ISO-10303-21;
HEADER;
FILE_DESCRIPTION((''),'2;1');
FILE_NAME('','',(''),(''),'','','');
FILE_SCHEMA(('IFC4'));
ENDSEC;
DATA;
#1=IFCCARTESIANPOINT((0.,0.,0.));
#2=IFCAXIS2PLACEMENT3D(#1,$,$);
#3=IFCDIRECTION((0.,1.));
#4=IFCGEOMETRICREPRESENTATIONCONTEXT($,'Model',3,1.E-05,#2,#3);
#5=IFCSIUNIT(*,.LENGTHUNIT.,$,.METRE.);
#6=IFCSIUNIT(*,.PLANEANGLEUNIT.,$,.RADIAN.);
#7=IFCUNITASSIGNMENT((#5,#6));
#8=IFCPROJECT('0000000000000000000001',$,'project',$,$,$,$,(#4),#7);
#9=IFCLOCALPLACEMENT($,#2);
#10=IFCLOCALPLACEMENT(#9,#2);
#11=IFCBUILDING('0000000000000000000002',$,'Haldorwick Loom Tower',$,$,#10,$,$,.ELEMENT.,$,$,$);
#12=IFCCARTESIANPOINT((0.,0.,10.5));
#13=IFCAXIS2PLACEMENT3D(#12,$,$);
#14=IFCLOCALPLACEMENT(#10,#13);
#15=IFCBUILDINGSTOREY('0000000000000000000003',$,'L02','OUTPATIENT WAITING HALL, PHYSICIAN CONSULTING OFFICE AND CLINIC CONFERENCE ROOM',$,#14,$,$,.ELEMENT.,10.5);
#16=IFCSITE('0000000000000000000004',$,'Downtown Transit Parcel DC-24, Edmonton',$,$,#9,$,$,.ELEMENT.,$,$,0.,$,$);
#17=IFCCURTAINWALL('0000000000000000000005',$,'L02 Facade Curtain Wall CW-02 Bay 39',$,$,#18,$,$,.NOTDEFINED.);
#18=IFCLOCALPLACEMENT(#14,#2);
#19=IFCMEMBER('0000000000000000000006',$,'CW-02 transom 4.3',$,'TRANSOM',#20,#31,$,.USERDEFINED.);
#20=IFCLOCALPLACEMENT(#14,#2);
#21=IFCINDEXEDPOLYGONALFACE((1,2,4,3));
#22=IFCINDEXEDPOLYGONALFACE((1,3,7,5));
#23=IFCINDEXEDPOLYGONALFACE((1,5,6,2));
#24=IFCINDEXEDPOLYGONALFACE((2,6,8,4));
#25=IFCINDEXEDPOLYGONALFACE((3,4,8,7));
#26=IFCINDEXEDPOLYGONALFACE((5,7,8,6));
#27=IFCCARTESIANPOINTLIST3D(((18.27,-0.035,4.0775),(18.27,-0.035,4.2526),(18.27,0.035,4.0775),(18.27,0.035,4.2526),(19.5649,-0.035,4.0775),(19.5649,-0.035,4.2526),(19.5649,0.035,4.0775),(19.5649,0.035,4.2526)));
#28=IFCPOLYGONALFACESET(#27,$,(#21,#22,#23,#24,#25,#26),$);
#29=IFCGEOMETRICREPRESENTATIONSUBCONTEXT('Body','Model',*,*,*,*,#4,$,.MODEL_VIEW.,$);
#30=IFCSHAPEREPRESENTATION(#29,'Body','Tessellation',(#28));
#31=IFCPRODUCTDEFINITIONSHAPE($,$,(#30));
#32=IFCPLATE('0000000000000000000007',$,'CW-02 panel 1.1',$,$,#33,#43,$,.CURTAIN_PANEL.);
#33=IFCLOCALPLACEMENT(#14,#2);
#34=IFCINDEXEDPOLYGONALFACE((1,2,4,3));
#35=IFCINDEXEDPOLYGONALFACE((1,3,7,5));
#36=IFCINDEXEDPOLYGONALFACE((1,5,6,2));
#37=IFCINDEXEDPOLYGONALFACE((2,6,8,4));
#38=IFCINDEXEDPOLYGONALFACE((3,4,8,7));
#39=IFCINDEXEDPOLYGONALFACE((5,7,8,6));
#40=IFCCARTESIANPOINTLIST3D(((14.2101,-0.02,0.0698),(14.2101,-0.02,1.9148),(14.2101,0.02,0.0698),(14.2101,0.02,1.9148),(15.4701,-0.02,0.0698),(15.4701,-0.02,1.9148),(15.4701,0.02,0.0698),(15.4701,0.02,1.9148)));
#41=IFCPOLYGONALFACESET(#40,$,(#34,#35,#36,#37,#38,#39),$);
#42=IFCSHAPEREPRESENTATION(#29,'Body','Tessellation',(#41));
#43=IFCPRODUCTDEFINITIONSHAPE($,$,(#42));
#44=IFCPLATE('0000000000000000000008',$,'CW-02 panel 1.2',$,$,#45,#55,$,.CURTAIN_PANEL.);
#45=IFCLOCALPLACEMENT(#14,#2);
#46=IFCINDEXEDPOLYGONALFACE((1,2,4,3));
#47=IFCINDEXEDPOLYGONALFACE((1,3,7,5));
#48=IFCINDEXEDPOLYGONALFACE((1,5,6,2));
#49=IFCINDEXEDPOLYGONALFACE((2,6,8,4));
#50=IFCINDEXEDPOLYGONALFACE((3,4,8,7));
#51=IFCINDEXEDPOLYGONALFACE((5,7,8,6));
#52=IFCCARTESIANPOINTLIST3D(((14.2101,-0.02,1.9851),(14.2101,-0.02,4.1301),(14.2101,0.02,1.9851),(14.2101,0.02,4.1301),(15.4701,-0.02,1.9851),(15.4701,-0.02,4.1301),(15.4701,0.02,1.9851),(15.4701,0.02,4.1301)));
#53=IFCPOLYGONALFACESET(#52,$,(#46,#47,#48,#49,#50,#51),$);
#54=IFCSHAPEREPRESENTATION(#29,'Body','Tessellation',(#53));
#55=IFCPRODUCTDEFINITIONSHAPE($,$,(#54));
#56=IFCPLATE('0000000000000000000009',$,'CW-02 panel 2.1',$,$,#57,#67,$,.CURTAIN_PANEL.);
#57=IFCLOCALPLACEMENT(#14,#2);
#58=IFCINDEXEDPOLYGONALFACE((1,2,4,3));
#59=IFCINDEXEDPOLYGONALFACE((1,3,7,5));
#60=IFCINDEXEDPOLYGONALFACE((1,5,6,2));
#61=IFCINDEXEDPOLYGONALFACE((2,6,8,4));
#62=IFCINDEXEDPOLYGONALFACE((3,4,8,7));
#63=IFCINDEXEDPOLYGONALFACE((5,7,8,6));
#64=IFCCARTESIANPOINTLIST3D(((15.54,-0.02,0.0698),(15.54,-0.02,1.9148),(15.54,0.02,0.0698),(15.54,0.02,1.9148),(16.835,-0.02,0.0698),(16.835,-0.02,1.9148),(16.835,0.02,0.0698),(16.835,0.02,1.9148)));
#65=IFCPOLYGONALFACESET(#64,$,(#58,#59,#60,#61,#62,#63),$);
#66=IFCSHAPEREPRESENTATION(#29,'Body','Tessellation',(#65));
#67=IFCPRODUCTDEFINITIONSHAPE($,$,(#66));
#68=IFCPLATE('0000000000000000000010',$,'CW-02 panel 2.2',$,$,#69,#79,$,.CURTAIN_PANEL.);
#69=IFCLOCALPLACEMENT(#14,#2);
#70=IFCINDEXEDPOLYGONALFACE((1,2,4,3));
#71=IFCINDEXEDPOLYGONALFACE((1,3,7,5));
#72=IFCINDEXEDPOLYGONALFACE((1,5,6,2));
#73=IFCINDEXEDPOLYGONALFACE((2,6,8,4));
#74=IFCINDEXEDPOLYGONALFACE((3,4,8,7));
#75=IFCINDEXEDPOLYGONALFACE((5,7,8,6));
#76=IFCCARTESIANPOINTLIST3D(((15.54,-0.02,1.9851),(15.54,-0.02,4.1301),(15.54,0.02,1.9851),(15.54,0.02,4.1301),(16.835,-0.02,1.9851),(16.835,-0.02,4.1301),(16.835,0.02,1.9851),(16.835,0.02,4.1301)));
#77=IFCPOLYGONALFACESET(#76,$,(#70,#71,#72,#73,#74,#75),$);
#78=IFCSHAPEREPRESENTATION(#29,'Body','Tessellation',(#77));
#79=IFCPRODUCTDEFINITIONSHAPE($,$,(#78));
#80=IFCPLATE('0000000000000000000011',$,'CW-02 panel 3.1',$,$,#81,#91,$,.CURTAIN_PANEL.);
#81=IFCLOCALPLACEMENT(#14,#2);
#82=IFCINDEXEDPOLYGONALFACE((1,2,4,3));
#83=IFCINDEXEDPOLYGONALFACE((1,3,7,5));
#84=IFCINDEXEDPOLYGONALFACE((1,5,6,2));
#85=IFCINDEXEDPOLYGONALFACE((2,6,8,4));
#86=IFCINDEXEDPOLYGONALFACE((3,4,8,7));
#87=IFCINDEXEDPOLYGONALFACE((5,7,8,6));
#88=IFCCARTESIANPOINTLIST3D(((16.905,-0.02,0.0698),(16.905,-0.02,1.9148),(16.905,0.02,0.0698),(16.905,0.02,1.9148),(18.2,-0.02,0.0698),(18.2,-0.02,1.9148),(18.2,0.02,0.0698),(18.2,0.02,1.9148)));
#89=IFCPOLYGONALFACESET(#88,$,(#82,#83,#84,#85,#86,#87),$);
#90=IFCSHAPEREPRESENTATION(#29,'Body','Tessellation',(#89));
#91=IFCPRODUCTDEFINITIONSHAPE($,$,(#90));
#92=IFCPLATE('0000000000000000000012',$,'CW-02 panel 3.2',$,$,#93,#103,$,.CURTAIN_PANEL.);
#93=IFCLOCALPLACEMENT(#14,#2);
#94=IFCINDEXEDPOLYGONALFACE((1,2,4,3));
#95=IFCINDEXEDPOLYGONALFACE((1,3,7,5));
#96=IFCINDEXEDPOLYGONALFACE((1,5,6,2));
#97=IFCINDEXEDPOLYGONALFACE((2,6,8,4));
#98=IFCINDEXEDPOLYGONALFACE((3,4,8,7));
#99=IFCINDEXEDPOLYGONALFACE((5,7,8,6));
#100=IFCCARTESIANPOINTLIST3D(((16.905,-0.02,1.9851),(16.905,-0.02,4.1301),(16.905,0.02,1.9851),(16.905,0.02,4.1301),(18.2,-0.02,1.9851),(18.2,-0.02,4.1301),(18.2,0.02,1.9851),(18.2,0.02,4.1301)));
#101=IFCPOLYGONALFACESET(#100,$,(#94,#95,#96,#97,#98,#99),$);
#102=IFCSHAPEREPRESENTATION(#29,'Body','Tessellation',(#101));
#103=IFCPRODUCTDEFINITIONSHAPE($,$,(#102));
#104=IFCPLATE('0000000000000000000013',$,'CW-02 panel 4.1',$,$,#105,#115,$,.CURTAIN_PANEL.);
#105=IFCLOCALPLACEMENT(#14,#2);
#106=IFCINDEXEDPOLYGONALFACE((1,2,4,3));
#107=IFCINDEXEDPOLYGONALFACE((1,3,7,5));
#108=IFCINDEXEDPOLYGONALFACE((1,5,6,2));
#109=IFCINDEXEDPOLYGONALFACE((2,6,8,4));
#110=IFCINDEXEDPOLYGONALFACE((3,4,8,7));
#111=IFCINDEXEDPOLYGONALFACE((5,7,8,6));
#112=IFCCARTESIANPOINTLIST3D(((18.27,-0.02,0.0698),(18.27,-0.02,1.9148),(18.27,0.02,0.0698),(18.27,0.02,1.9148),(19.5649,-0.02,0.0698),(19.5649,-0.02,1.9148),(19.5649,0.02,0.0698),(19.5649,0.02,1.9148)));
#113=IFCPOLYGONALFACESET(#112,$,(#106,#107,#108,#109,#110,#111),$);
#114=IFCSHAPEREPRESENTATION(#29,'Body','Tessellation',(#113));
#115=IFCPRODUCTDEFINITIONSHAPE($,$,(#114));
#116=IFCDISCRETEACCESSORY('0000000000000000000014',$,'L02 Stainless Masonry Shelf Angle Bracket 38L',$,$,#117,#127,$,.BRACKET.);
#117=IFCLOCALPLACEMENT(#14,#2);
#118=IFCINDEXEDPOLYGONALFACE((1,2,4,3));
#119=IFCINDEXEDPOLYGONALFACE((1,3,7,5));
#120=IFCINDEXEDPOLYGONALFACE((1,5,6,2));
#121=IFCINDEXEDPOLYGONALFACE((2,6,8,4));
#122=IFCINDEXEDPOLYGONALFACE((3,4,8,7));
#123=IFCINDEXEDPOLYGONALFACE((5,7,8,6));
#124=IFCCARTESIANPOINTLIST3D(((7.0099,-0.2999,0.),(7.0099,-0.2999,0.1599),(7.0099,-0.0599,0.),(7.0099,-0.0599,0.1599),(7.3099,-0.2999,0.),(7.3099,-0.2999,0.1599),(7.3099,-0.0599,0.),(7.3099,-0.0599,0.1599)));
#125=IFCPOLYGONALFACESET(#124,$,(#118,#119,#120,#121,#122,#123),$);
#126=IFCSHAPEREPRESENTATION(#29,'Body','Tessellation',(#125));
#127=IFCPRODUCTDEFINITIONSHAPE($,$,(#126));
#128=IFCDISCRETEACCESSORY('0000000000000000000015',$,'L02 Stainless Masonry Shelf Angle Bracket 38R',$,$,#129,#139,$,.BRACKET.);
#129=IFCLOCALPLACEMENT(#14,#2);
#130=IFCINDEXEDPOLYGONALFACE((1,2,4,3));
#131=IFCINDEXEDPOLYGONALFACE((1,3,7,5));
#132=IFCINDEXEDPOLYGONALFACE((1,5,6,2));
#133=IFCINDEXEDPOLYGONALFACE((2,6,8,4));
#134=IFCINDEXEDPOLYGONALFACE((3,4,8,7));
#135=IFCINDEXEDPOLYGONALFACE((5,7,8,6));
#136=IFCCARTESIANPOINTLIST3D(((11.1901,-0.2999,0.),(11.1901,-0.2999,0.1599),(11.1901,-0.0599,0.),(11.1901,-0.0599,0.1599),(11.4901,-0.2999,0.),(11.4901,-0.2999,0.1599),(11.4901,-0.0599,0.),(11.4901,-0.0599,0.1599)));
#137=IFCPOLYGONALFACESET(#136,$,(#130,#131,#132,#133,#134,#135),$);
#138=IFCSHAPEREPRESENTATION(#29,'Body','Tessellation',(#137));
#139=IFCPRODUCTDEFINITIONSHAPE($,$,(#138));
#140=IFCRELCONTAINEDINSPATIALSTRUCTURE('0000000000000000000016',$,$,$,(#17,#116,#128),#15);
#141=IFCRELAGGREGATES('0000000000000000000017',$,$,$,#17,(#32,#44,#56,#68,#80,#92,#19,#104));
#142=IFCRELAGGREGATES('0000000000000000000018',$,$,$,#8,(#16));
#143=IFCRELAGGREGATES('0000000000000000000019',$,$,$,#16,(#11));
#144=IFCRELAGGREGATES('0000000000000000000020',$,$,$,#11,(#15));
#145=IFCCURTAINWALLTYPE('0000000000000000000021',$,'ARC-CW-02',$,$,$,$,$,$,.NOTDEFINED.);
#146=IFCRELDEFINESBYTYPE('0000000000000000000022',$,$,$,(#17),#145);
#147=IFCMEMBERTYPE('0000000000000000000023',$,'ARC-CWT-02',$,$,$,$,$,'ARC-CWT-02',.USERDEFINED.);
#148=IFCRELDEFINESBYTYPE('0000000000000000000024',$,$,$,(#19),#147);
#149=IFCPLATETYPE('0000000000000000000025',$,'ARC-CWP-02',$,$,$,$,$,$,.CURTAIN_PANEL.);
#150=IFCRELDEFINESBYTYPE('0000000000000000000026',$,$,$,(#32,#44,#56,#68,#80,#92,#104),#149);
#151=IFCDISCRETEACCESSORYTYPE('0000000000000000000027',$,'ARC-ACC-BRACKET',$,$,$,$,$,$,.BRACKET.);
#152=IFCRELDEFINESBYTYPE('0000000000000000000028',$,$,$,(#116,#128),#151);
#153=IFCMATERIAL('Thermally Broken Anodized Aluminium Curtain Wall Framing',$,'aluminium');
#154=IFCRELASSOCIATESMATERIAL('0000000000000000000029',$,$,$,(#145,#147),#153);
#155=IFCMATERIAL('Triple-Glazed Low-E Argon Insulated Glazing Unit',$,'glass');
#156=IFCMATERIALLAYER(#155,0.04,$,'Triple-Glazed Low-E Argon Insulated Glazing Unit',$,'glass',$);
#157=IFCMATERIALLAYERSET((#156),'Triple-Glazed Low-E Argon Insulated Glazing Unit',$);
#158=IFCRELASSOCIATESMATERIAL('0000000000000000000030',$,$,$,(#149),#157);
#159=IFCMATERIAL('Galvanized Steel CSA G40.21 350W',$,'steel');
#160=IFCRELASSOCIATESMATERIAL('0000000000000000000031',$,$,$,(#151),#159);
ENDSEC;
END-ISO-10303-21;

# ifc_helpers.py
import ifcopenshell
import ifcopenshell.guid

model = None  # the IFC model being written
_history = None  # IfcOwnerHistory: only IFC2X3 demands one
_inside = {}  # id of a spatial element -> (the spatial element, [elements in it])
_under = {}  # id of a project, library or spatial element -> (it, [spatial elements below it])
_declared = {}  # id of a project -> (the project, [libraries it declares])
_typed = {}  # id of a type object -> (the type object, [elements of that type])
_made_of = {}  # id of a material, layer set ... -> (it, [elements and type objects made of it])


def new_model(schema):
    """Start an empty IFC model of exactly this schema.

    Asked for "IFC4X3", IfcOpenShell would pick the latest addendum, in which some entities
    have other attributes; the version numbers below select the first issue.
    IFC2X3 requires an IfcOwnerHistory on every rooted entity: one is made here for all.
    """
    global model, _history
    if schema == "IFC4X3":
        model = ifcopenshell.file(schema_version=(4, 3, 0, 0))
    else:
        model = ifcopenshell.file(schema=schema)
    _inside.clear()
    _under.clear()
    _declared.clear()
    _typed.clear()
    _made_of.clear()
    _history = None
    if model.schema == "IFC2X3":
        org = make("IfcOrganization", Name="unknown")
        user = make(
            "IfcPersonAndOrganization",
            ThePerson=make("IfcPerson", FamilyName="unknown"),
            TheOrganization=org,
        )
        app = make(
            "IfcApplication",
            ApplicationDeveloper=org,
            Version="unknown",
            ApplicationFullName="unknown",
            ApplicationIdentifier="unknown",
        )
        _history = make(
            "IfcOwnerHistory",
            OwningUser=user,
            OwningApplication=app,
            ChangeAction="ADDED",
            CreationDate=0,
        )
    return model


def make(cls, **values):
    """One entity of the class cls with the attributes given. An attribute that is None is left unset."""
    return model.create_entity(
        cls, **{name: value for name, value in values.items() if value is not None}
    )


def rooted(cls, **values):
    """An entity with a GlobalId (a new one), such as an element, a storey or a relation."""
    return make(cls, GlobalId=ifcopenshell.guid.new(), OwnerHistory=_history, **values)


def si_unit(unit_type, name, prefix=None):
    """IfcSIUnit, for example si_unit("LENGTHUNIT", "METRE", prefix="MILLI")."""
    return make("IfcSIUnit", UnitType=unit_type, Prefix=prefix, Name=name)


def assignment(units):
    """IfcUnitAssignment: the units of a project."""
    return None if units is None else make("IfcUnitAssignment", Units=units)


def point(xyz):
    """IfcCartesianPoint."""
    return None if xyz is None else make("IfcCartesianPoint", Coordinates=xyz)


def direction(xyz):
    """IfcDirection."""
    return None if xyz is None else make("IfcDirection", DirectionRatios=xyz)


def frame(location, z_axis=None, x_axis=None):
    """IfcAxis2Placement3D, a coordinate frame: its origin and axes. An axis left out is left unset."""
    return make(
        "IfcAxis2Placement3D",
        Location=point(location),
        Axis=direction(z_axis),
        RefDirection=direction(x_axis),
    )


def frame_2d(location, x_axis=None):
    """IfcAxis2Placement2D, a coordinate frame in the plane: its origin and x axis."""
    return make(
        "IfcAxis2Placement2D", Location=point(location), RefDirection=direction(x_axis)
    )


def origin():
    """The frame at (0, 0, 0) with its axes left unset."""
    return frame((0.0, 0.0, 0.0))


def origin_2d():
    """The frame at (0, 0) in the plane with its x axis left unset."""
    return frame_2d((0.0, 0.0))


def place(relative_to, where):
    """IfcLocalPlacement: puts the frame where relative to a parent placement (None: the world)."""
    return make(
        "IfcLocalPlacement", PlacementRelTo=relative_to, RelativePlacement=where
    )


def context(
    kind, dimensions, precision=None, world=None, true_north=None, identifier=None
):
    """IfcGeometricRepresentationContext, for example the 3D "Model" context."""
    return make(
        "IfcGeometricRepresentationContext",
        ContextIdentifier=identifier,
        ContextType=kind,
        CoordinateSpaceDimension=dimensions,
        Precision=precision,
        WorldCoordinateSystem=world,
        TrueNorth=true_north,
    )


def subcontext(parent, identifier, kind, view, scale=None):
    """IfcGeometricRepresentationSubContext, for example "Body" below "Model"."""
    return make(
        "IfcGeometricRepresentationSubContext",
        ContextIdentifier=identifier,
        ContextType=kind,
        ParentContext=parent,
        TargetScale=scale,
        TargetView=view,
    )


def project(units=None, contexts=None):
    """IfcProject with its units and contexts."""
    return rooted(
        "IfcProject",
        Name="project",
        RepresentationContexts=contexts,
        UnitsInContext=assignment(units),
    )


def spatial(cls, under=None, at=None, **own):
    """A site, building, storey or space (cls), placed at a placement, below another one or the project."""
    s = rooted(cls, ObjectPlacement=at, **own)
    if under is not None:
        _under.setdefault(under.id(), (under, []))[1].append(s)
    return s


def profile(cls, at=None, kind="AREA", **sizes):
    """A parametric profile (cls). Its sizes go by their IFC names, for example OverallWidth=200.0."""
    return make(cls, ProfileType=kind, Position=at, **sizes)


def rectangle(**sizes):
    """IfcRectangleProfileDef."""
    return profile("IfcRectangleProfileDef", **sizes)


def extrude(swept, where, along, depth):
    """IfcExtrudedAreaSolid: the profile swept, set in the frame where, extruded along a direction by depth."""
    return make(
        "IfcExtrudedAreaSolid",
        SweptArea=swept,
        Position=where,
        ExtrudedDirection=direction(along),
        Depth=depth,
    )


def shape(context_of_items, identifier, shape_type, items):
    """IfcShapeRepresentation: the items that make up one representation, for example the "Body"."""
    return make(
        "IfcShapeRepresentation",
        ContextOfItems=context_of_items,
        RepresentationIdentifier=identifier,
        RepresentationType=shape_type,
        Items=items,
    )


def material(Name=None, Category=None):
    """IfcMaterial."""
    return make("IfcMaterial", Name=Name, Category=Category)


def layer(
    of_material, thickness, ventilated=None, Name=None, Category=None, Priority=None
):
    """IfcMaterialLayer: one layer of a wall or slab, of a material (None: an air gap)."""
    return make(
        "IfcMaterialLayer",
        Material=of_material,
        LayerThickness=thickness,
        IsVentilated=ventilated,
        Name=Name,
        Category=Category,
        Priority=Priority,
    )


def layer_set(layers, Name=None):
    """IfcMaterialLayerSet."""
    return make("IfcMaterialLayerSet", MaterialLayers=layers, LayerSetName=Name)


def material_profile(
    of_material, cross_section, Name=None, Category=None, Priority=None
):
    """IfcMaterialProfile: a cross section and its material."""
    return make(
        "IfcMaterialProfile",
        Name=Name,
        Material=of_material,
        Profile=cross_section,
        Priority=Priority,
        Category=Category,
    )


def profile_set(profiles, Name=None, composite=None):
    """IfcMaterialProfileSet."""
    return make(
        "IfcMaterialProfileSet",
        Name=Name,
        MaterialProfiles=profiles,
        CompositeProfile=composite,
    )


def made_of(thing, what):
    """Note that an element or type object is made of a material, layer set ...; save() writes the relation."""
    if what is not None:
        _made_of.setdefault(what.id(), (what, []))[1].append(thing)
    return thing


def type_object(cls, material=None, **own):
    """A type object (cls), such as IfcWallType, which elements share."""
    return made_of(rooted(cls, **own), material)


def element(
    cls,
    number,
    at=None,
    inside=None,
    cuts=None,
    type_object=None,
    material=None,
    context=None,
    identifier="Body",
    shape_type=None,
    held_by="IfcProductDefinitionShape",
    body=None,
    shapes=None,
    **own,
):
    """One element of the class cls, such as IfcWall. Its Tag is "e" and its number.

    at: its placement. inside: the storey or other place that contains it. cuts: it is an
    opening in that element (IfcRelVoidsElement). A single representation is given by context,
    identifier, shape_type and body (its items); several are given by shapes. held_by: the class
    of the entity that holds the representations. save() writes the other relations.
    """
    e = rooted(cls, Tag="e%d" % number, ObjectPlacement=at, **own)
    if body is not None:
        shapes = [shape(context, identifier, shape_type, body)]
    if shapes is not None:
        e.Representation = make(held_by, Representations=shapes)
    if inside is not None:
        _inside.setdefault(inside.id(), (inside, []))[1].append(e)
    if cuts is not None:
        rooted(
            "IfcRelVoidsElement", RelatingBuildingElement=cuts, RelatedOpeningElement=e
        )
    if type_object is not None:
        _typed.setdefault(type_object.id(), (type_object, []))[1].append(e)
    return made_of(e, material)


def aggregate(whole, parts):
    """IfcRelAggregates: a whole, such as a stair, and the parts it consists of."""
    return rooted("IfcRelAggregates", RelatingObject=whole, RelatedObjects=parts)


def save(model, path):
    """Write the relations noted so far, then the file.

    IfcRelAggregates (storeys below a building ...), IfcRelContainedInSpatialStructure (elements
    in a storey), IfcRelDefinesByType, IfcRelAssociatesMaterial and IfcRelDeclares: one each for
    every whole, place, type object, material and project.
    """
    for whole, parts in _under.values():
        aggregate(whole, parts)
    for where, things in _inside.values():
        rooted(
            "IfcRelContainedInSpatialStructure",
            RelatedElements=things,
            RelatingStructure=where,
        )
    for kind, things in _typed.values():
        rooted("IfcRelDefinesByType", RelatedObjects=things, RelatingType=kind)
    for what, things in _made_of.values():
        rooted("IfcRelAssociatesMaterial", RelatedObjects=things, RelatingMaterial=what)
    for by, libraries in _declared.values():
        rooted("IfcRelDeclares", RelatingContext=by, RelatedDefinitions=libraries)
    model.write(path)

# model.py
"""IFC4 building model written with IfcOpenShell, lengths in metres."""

from ifc_helpers import new_model, si_unit, direction, frame, origin, origin_2d, place, context, subcontext, project, spatial, rectangle, extrude, material, layer, layer_set, material_profile, profile_set, type_object, element, aggregate, save


model = new_model("IFC4")

# Units and contexts
model_context = context("Model", 3, precision=1e-05, world=origin(), true_north=direction((0.0, 1.0)))
body_context = subcontext(model_context, "Body", "Model", "MODEL_VIEW")
ifc_project = project(units=[si_unit("LENGTHUNIT", "METRE"), si_unit("PLANEANGLEUNIT", "RADIAN")], contexts=[model_context])

# Site, building, storey
site_placement = place(None, origin())
site = spatial("IfcSite", under=ifc_project, at=site_placement, Name="Downtown Transit Parcel DC-24, Edmonton", CompositionType="ELEMENT", RefElevation=0.0)
building_placement = place(site_placement, origin())
building = spatial("IfcBuilding", under=site, at=building_placement, Name="Haldorwick Loom Tower", CompositionType="ELEMENT")
storey_placement = place(building_placement, frame((0.0, 0.0, 10.5)))
storey = spatial("IfcBuildingStorey", under=building, at=storey_placement, Name="L02", Description="OUTPATIENT WAITING HALL, PHYSICIAN CONSULTING OFFICE AND CLINIC CONFERENCE ROOM", CompositionType="ELEMENT", Elevation=10.5)

# Curtain wall, member, plates
ifc_material_1 = material(Name="Thermally Broken Anodized Aluminium Curtain Wall Framing", Category="aluminium")
curtain_wall_type = type_object("IfcCurtainWallType", Name="ARC-CW-02", PredefinedType="NOTDEFINED", material=ifc_material_1)
curtain_wall_placement = place(storey_placement, origin())
curtain_wall = element("IfcCurtainWall", 1, at=curtain_wall_placement, inside=storey, type_object=curtain_wall_type, Name="L02 Facade Curtain Wall CW-02 Bay 39", PredefinedType="NOTDEFINED")
ifc_material_profile_1 = material_profile(ifc_material_1, rectangle(XDim=0.0701, YDim=0.175, at=origin_2d()), Name="ALU_TRN_70X175", Category="aluminium")
ifc_profile_set_1 = profile_set([ifc_material_profile_1], Name="Thermally Broken Anodized Aluminium Curtain Wall Framing")
member_type_1 = type_object("IfcMemberType", Name="ARC-CWT-02", ElementType="ARC-CWT-02", PredefinedType="USERDEFINED", material=ifc_profile_set_1)
member_1_placement = place(storey_placement, frame((18.27, 0.0, 4.165), z_axis=(1.0, 0.0, 0.0), x_axis=(0.0, 1.0, 0.0)))
member_1 = element("IfcMember", 2, at=member_1_placement, type_object=member_type_1, Name="CW-02 transom 4.3", ObjectType="TRANSOM", PredefinedType="USERDEFINED", context=body_context, shape_type="SweptSolid", body=[
    extrude(rectangle(XDim=0.0701, YDim=0.175, at=origin_2d()), origin(), (0.0, 0.0, 1.0), 1.2949),
])
ifc_material_2 = material(Name="Triple-Glazed Low-E Argon Insulated Glazing Unit", Category="glass")
ifc_layer = layer(ifc_material_2, 0.04, Name="Triple-Glazed Low-E Argon Insulated Glazing Unit", Category="glass")
ifc_layer_set = layer_set([ifc_layer], Name="Triple-Glazed Low-E Argon Insulated Glazing Unit")
plate_type = type_object("IfcPlateType", Name="ARC-CWP-02", PredefinedType="CURTAIN_PANEL", material=ifc_layer_set)
plate_1_placement = place(storey_placement, frame((14.8401, 0.0, 0.0698), z_axis=(0.0, 0.0, 1.0), x_axis=(1.0, 0.0, 0.0)))
plate_1 = element("IfcPlate", 3, at=plate_1_placement, type_object=plate_type, Name="CW-02 panel 1.1", PredefinedType="CURTAIN_PANEL", context=body_context, shape_type="SweptSolid", body=[
    extrude(rectangle(XDim=1.26, YDim=0.04, at=origin_2d()), origin(), (0.0, 0.0, 1.0), 1.845),
])
plate_2_placement = place(storey_placement, frame((14.8401, 0.0, 1.9851), z_axis=(0.0, 0.0, 1.0), x_axis=(1.0, 0.0, 0.0)))
plate_2 = element("IfcPlate", 4, at=plate_2_placement, type_object=plate_type, Name="CW-02 panel 1.2", PredefinedType="CURTAIN_PANEL", context=body_context, shape_type="SweptSolid", body=[
    extrude(rectangle(XDim=1.26, YDim=0.04, at=origin_2d()), origin(), (0.0, 0.0, 1.0), 2.145),
])
plate_3_placement = place(storey_placement, frame((16.1875, 0.0, 0.0698), z_axis=(0.0, 0.0, 1.0), x_axis=(1.0, 0.0, 0.0)))
plate_3 = element("IfcPlate", 5, at=plate_3_placement, type_object=plate_type, Name="CW-02 panel 2.1", PredefinedType="CURTAIN_PANEL", context=body_context, shape_type="SweptSolid", body=[
    extrude(rectangle(XDim=1.2949, YDim=0.04, at=origin_2d()), origin(), (0.0, 0.0, 1.0), 1.845),
])
plate_4_placement = place(storey_placement, frame((16.1875, 0.0, 1.9851), z_axis=(0.0, 0.0, 1.0), x_axis=(1.0, 0.0, 0.0)))
plate_4 = element("IfcPlate", 6, at=plate_4_placement, type_object=plate_type, Name="CW-02 panel 2.2", PredefinedType="CURTAIN_PANEL", context=body_context, shape_type="SweptSolid", body=[
    extrude(rectangle(XDim=1.2949, YDim=0.04, at=origin_2d()), origin(), (0.0, 0.0, 1.0), 2.145),
])
plate_5_placement = place(storey_placement, frame((17.5525, 0.0, 0.0698), z_axis=(0.0, 0.0, 1.0), x_axis=(1.0, 0.0, 0.0)))
plate_5 = element("IfcPlate", 7, at=plate_5_placement, type_object=plate_type, Name="CW-02 panel 3.1", PredefinedType="CURTAIN_PANEL", context=body_context, shape_type="SweptSolid", body=[
    extrude(rectangle(XDim=1.2949, YDim=0.04, at=origin_2d()), origin(), (0.0, 0.0, 1.0), 1.845),
])
plate_6_placement = place(storey_placement, frame((17.5525, 0.0, 1.9851), z_axis=(0.0, 0.0, 1.0), x_axis=(1.0, 0.0, 0.0)))
plate_6 = element("IfcPlate", 8, at=plate_6_placement, type_object=plate_type, Name="CW-02 panel 3.2", PredefinedType="CURTAIN_PANEL", context=body_context, shape_type="SweptSolid", body=[
    extrude(rectangle(XDim=1.2949, YDim=0.04, at=origin_2d()), origin(), (0.0, 0.0, 1.0), 2.145),
])
plate_7_placement = place(storey_placement, frame((18.9175, 0.0, 0.0698), z_axis=(0.0, 0.0, 1.0), x_axis=(1.0, 0.0, 0.0)))
plate_7 = element("IfcPlate", 9, at=plate_7_placement, type_object=plate_type, Name="CW-02 panel 4.1", PredefinedType="CURTAIN_PANEL", context=body_context, shape_type="SweptSolid", body=[
    extrude(rectangle(XDim=1.2949, YDim=0.04, at=origin_2d()), origin(), (0.0, 0.0, 1.0), 1.845),
])
aggregate(curtain_wall, [plate_1, plate_2, plate_3, plate_4, plate_5, plate_6, member_1, plate_7])

# Discrete accessories
ifc_material_3 = material(Name="Galvanized Steel CSA G40.21 350W", Category="steel")
discrete_accessory_type = type_object("IfcDiscreteAccessoryType", Name="ARC-ACC-BRACKET", PredefinedType="BRACKET", material=ifc_material_3)
for number, where, z_axis, x_axis, name in (
    (10, (7.1599, -0.1799, 0.0), (0.0, 0.0, 1.0), (1.0, 0.0, 0.0), "L02 Stainless Masonry Shelf Angle Bracket 38L"),
    (11, (11.3401, -0.1799, 0.0), (0.0, 0.0, 1.0), (1.0, 0.0, 0.0), "L02 Stainless Masonry Shelf Angle Bracket 38R"),
):
    element("IfcDiscreteAccessory", number, at=place(storey_placement, frame(where, z_axis=z_axis, x_axis=x_axis)), inside=storey, type_object=discrete_accessory_type, Name=name, PredefinedType="BRACKET", context=body_context, shape_type="SweptSolid", body=[
        extrude(rectangle(XDim=0.3, YDim=0.24, at=origin_2d()), origin(), (0.0, 0.0, 1.0), 0.1599),
    ])

save(model, "model.ifc")
